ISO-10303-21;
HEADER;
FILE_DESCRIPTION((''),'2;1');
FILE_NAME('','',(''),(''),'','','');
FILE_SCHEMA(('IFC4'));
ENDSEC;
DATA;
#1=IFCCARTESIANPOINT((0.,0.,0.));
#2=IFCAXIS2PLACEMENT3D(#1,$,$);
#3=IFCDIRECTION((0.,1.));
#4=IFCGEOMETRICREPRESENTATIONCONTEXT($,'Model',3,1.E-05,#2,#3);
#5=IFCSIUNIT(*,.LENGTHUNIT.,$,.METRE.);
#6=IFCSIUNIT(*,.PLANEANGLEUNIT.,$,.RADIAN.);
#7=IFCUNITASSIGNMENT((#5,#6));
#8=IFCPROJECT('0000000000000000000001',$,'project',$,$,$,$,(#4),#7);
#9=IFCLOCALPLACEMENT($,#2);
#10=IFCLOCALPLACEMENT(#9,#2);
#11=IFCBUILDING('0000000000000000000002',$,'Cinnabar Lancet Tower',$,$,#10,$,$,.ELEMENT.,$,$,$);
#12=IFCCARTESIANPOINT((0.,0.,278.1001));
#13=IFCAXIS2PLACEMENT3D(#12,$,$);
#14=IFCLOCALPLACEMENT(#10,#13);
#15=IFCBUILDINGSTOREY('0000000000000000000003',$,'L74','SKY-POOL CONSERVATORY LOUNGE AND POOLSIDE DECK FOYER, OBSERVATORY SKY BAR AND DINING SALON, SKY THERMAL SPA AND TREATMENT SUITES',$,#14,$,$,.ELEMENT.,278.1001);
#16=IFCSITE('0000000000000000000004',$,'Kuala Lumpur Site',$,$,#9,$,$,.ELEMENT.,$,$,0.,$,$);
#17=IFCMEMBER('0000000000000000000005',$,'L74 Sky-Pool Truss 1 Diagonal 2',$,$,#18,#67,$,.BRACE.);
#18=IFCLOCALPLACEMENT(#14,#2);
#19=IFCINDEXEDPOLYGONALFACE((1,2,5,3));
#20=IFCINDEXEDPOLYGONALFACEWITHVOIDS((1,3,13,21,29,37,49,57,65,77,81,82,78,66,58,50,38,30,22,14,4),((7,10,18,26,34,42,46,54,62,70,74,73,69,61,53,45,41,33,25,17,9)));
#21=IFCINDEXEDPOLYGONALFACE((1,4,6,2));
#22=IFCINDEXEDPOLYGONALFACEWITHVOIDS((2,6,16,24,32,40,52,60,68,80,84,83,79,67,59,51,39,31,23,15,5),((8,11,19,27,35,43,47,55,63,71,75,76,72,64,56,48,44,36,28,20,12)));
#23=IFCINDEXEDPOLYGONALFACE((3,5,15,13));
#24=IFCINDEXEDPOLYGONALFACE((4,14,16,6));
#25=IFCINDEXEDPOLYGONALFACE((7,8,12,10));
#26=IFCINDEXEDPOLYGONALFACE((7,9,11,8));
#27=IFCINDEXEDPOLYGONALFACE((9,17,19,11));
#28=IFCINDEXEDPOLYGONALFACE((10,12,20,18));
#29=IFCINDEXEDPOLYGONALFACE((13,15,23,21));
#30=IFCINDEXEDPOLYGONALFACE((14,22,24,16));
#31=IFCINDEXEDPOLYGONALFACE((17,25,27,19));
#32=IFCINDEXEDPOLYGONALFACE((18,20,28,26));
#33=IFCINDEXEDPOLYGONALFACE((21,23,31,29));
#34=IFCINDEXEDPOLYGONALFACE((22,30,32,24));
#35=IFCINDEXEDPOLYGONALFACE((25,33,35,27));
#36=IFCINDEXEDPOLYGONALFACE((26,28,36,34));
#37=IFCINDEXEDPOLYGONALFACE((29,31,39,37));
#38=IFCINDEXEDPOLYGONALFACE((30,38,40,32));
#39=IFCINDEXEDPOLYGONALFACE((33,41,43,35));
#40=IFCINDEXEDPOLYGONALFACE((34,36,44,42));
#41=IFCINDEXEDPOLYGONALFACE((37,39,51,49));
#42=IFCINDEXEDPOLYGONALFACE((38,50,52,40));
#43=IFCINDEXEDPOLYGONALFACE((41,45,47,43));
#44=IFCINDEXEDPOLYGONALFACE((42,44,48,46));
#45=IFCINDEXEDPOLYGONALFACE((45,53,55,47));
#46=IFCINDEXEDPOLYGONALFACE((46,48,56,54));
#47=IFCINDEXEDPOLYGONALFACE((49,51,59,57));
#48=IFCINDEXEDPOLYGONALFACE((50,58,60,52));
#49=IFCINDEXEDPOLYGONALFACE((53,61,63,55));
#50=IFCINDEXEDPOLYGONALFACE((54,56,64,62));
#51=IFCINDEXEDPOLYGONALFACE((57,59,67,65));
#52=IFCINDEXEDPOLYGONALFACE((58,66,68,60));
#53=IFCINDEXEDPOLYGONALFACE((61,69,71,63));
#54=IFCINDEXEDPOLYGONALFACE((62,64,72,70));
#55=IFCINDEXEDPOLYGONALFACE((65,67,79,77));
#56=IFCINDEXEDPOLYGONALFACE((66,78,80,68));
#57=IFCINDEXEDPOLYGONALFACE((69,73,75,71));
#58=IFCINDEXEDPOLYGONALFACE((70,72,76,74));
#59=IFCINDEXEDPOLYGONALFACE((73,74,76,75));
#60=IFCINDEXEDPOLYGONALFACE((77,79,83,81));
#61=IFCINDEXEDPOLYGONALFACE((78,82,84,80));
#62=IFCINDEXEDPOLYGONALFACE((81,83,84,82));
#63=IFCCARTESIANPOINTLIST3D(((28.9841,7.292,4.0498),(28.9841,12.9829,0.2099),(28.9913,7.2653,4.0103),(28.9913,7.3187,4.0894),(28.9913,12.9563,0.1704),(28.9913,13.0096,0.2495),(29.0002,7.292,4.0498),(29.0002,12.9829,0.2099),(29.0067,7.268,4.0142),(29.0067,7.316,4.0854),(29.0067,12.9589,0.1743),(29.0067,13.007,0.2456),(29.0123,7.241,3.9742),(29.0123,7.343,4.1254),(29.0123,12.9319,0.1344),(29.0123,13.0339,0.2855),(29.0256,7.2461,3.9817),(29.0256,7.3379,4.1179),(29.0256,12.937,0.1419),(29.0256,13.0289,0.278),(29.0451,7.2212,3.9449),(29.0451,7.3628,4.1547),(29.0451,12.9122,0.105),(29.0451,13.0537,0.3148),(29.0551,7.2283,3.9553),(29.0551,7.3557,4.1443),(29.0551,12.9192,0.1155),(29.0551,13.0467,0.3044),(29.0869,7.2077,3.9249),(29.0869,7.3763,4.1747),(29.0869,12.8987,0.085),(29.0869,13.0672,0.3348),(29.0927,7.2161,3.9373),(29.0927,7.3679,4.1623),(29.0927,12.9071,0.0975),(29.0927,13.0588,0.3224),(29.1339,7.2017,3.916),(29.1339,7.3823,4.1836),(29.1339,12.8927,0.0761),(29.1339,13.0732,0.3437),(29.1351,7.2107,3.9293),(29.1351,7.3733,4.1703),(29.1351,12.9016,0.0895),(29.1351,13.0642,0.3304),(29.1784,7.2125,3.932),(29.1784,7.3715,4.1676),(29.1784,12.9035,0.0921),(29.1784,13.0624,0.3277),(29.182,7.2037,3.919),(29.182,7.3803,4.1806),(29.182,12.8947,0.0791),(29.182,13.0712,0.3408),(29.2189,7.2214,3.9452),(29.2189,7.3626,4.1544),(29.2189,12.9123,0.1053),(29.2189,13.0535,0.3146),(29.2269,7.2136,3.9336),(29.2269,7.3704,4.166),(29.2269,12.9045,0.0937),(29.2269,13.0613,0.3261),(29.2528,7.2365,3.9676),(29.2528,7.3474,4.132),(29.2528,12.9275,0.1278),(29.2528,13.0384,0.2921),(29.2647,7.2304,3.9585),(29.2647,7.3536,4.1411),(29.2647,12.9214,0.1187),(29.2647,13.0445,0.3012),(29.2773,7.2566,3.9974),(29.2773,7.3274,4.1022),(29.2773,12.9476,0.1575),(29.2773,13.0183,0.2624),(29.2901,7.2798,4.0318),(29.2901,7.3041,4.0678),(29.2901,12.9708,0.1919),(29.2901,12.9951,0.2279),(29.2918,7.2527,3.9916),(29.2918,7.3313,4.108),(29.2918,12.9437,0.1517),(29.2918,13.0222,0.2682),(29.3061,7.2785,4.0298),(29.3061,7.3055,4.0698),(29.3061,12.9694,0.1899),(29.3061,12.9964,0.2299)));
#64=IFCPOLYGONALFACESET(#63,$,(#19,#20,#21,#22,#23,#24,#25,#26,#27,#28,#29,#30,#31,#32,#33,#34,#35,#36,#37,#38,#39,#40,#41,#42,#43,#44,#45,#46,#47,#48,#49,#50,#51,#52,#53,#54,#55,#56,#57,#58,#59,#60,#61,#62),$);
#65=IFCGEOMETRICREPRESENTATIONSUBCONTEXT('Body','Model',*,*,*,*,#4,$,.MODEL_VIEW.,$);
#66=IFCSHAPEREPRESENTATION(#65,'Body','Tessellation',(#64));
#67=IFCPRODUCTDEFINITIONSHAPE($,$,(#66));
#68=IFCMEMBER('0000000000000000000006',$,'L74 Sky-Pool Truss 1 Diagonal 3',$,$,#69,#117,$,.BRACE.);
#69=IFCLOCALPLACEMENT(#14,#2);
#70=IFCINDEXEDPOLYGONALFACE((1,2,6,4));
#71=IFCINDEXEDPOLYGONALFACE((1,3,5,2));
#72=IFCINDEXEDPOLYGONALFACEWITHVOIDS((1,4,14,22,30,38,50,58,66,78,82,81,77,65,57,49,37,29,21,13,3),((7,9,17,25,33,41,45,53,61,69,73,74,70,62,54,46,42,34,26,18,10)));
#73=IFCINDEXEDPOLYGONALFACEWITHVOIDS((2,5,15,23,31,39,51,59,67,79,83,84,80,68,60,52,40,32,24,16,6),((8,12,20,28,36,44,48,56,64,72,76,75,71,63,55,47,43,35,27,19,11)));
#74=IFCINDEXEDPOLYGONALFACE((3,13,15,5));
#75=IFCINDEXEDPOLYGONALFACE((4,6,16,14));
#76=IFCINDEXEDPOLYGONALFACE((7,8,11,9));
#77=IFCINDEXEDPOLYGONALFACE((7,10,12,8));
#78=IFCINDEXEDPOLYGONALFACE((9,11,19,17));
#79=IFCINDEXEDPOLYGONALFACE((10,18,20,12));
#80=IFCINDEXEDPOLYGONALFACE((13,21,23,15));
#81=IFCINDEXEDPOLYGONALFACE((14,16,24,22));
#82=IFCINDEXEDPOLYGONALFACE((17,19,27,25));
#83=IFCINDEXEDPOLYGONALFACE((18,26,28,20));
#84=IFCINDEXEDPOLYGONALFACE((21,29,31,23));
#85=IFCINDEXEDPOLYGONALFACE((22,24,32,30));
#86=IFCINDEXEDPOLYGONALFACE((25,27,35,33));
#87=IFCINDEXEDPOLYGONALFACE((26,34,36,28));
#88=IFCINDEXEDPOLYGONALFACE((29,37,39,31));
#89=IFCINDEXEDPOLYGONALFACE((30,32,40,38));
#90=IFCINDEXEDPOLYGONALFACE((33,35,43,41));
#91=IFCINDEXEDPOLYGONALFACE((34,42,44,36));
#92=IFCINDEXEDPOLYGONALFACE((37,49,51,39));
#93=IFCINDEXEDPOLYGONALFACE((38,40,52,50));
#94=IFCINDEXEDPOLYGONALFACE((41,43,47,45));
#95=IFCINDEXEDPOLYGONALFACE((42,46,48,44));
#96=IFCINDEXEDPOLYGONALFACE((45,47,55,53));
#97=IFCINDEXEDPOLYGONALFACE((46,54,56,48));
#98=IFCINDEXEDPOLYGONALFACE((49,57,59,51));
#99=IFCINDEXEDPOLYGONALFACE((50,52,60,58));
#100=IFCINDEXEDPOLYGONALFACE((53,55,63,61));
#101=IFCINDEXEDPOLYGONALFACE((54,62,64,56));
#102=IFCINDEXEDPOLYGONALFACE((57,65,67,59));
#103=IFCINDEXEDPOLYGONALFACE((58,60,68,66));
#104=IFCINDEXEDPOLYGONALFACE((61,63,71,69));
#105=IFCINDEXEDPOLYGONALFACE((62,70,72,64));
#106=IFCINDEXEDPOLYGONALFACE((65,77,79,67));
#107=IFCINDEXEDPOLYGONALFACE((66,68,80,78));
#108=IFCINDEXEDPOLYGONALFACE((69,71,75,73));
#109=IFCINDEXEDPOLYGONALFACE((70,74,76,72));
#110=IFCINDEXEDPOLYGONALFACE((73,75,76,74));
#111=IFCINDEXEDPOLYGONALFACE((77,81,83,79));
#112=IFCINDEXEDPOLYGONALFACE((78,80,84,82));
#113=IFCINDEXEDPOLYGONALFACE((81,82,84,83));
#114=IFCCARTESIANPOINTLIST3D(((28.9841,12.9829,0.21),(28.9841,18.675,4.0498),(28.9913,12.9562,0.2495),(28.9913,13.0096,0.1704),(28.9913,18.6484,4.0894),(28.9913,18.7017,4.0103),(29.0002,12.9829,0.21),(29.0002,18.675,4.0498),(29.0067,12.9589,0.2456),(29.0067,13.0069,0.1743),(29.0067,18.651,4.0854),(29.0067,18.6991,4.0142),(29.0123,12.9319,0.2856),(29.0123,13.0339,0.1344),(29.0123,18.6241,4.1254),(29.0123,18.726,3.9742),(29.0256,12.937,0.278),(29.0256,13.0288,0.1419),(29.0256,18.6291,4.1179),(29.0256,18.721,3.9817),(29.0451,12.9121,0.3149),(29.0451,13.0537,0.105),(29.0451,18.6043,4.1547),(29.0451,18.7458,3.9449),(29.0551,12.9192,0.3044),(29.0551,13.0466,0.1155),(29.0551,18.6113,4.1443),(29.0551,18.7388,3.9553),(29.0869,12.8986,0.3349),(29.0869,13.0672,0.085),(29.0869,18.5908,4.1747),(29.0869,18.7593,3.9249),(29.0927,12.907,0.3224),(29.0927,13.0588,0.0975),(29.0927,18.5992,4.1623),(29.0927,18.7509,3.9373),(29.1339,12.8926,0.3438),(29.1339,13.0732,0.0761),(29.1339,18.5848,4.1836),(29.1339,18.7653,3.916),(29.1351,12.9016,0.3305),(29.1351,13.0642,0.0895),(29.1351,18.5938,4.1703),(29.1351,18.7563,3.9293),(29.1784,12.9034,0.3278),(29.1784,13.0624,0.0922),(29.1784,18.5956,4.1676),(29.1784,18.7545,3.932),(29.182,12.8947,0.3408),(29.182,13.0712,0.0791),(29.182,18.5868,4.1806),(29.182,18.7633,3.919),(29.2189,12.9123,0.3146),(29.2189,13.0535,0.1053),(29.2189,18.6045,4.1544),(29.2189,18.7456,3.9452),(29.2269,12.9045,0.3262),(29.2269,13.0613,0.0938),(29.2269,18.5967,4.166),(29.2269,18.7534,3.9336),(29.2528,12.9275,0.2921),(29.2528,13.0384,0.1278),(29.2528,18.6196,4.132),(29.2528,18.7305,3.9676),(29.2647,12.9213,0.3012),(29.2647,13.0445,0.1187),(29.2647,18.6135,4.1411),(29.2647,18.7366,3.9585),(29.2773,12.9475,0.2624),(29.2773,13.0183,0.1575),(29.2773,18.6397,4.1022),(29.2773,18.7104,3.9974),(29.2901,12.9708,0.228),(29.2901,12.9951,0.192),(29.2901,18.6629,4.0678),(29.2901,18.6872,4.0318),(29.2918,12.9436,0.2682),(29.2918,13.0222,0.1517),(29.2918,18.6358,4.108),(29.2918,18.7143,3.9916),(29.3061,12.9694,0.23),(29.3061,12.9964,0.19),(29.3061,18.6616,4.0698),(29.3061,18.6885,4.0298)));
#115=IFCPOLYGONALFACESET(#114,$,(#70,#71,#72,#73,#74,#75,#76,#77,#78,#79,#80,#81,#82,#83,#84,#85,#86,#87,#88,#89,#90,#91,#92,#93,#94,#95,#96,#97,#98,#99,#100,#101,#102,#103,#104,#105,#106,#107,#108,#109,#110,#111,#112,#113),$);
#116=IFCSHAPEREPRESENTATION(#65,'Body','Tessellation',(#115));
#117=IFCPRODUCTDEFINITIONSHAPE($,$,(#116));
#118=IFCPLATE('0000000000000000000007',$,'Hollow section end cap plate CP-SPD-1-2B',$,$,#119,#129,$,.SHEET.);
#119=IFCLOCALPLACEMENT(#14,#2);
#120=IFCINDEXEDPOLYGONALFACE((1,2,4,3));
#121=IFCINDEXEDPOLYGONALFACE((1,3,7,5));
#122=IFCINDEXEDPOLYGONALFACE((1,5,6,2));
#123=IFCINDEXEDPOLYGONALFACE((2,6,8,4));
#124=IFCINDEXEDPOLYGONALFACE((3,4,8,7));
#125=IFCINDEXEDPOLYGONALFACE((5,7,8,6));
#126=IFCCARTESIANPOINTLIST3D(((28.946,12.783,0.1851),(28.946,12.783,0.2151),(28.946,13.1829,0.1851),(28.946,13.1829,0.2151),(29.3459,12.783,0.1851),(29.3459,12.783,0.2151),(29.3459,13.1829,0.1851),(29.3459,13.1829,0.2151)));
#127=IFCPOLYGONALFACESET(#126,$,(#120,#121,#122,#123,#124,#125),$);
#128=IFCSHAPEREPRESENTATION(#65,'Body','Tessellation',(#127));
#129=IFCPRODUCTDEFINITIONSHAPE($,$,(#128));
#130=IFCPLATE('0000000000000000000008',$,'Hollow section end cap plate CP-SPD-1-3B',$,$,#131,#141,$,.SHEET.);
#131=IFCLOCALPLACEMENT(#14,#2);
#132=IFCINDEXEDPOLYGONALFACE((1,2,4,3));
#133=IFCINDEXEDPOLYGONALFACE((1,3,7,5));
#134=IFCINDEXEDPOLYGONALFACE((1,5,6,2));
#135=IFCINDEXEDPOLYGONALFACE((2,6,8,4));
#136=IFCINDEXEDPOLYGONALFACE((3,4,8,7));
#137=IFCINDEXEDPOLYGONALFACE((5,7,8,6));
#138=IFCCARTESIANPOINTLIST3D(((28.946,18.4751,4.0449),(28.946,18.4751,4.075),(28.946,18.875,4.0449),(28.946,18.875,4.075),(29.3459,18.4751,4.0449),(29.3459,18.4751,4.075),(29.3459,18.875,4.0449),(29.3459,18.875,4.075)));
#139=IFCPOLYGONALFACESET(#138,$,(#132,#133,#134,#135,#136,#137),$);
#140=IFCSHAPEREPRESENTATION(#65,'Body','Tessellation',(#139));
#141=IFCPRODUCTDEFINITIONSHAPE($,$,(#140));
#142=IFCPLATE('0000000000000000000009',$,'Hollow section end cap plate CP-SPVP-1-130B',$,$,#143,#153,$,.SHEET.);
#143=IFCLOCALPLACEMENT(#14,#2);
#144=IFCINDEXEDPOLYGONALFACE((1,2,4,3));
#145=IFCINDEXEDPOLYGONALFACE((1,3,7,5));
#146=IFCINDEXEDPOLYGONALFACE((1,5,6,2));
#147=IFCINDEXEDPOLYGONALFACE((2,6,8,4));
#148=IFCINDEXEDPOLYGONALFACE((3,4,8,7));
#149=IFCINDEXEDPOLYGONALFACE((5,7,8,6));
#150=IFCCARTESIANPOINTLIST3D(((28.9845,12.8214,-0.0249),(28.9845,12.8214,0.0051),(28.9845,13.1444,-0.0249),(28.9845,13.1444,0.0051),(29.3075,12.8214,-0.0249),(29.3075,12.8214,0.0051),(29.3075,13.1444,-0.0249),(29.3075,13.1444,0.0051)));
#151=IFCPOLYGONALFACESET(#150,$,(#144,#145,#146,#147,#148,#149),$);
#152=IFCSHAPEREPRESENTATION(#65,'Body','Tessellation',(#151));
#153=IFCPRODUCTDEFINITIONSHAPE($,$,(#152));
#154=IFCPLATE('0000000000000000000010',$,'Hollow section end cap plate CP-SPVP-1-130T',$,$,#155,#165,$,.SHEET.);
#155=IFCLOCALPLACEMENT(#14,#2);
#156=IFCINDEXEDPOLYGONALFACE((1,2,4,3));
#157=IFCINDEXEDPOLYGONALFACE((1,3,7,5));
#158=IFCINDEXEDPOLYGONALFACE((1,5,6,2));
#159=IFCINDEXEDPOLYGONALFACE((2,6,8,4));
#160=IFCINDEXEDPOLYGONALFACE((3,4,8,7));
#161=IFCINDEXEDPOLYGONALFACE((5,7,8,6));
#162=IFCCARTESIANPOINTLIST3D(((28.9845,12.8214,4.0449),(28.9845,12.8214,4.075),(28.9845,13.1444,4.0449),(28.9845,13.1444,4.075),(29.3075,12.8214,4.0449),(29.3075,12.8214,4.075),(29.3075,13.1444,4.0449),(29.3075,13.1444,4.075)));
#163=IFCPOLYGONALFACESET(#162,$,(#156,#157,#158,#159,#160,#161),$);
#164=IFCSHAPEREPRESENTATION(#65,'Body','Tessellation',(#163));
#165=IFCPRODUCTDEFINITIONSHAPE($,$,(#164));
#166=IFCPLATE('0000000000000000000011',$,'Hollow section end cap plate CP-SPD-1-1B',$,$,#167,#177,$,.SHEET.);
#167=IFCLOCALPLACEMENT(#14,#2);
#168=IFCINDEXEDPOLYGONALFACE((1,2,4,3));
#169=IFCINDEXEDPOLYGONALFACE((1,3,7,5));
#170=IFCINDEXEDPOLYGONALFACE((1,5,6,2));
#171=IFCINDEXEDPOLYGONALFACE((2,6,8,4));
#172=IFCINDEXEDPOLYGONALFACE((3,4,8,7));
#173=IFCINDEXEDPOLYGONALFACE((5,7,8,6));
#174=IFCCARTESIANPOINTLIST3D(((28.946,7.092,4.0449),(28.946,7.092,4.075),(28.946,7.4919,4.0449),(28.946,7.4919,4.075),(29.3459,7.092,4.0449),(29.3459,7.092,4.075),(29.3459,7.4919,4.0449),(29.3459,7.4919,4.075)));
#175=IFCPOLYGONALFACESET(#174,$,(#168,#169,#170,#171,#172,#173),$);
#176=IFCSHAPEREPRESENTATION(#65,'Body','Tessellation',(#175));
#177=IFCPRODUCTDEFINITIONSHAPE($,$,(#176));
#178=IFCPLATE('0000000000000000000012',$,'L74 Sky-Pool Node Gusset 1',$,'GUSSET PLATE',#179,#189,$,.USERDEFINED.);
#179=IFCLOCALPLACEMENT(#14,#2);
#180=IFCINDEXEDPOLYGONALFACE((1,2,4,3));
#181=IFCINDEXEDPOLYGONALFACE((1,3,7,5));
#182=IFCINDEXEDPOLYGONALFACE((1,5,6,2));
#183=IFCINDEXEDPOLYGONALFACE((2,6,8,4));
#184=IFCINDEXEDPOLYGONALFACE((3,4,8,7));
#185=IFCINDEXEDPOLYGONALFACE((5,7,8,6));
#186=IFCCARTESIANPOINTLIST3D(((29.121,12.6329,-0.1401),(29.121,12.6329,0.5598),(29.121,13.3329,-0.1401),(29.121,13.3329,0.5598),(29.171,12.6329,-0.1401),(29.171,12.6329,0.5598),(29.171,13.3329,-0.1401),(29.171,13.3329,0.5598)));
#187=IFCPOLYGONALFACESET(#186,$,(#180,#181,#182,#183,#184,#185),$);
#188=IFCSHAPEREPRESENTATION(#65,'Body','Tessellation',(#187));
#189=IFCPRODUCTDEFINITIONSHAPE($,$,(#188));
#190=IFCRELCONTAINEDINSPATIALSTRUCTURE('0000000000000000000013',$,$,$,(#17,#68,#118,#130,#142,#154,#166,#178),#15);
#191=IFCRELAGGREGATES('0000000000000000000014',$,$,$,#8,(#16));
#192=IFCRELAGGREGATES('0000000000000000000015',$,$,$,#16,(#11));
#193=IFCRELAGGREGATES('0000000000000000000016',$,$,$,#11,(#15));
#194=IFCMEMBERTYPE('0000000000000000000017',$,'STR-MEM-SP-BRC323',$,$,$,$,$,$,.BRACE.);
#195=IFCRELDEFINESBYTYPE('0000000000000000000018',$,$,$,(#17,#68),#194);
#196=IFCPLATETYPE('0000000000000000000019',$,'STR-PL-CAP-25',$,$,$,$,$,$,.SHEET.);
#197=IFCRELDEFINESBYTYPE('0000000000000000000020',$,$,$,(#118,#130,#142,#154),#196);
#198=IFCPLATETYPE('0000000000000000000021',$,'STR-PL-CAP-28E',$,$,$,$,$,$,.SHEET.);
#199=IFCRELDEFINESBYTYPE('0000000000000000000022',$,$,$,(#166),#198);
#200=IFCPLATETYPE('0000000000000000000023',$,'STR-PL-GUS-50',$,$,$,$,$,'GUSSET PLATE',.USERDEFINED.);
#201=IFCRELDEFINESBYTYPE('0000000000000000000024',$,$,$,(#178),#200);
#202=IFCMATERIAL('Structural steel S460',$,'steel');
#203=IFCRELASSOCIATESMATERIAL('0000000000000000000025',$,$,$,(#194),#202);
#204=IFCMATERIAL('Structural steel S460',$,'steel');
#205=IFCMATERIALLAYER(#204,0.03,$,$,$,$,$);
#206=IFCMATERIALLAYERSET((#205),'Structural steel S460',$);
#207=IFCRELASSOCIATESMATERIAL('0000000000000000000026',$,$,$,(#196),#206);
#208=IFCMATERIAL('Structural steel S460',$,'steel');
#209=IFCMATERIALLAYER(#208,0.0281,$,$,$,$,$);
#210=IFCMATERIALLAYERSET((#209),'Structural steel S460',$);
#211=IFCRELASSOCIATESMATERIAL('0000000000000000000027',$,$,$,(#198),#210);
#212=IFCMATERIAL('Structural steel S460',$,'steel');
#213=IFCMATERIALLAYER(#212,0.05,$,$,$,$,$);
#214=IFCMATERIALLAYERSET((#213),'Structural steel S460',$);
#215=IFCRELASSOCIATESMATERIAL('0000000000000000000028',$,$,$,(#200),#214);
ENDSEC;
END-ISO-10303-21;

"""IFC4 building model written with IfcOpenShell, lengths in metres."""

from ifc_helpers import new_model, si_unit, direction, frame, origin, origin_2d, place, context, subcontext, project, spatial, rectangle, hollow_circle, extrude, material, layer, layer_set, material_profile, profile_set, type_object, element, save


model = new_model("IFC4")

# Units and contexts
model_context = context("Model", 3, precision=1e-05, world=origin(), true_north=direction((0.0, 1.0)))
body_context = subcontext(model_context, "Body", "Model", "MODEL_VIEW")
ifc_project = project(units=[si_unit("LENGTHUNIT", "METRE"), si_unit("PLANEANGLEUNIT", "RADIAN")], contexts=[model_context])

# Site, building, storey
site_placement = place(None, origin())
site = spatial("IfcSite", under=ifc_project, at=site_placement, Name="Kuala Lumpur Site", CompositionType="ELEMENT", RefElevation=0.0)
building_placement = place(site_placement, origin())
building = spatial("IfcBuilding", under=site, at=building_placement, Name="Cinnabar Lancet Tower", CompositionType="ELEMENT")
storey_placement = place(building_placement, frame((0.0, 0.0, 278.1001)))
storey = spatial("IfcBuildingStorey", under=building, at=storey_placement, Name="L74", Description="SKY-POOL CONSERVATORY LOUNGE AND POOLSIDE DECK FOYER, OBSERVATORY SKY BAR AND DINING SALON, SKY THERMAL SPA AND TREATMENT SUITES", CompositionType="ELEMENT", Elevation=278.1001)

# Members
ifc_material_1 = material(Name="Structural steel S460", Category="steel")
ifc_material_profile_1 = material_profile(ifc_material_1, hollow_circle(Radius=0.1619, WallThickness=0.0161, at=origin_2d()), Name="CHS 323.9x16")
ifc_profile_set_1 = profile_set([ifc_material_profile_1], Name="Structural steel S460")
member_type_1 = type_object("IfcMemberType", Name="STR-MEM-SP-BRC323", PredefinedType="BRACE", material=ifc_profile_set_1)
member_1_placement = place(storey_placement, frame((29.146, 7.292, 4.0498), z_axis=(0.0, 0.828952, -0.55932), x_axis=(-1.0, 0.0, 0.0)))
element("IfcMember", 1, at=member_1_placement, inside=storey, type_object=member_type_1, Name="L74 Sky-Pool Truss 1 Diagonal 2", PredefinedType="BRACE", context=body_context, shape_type="SweptSolid", body=[
    extrude(hollow_circle(Radius=0.1619, WallThickness=0.0161, at=origin_2d()), origin(), (0.0, 0.0, 1.0), 6.8652),
])
member_2_placement = place(storey_placement, frame((29.146, 12.9829, 0.21), z_axis=(0.0, 0.829007, 0.559238), x_axis=(-1.0, 0.0, 0.0)))
element("IfcMember", 2, at=member_2_placement, inside=storey, type_object=member_type_1, Name="L74 Sky-Pool Truss 1 Diagonal 3", PredefinedType="BRACE", context=body_context, shape_type="SweptSolid", body=[
    extrude(hollow_circle(Radius=0.1619, WallThickness=0.0161, at=origin_2d()), origin(), (0.0, 0.0, 1.0), 6.8662),
])

# Plates
ifc_material_2 = material(Name="Structural steel S460", Category="steel")
ifc_layer_1 = layer(ifc_material_2, 0.03)
ifc_layer_set_1 = layer_set([ifc_layer_1], Name="Structural steel S460")
plate_type_1 = type_object("IfcPlateType", Name="STR-PL-CAP-25", PredefinedType="SHEET", material=ifc_layer_set_1)
for number, where, z_axis, x_axis, name in (
    (3, (29.146, 12.9829, 0.1851), (0.0, 0.0, 1.0), (0.0, 1.0, 0.0), "Hollow section end cap plate CP-SPD-1-2B"),
    (4, (29.146, 18.675, 4.0449), (0.0, 0.0, 1.0), (0.0, 1.0, 0.0), "Hollow section end cap plate CP-SPD-1-3B"),
):
    element("IfcPlate", number, at=place(storey_placement, frame(where, z_axis=z_axis, x_axis=x_axis)), inside=storey, type_object=plate_type_1, Name=name, PredefinedType="SHEET", context=body_context, shape_type="SweptSolid", body=[
        extrude(rectangle(XDim=0.3999, YDim=0.3999, at=origin_2d()), origin(), (0.0, 0.0, 1.0), 0.03),
    ])
for number, where, z_axis, x_axis, name in (
    (5, (29.146, 12.9829, -0.0249), (0.0, 0.0, 1.0), (1.0, 0.0, 0.0), "Hollow section end cap plate CP-SPVP-1-130B"),
    (6, (29.146, 12.9829, 4.0449), (0.0, 0.0, 1.0), (1.0, 0.0, 0.0), "Hollow section end cap plate CP-SPVP-1-130T"),
):
    element("IfcPlate", number, at=place(storey_placement, frame(where, z_axis=z_axis, x_axis=x_axis)), inside=storey, type_object=plate_type_1, Name=name, PredefinedType="SHEET", context=body_context, shape_type="SweptSolid", body=[
        extrude(rectangle(XDim=0.323, YDim=0.323, at=origin_2d()), origin(), (0.0, 0.0, 1.0), 0.03),
    ])
ifc_material_3 = material(Name="Structural steel S460", Category="steel")
ifc_layer_2 = layer(ifc_material_3, 0.0281)
ifc_layer_set_2 = layer_set([ifc_layer_2], Name="Structural steel S460")
plate_type_2 = type_object("IfcPlateType", Name="STR-PL-CAP-28E", PredefinedType="SHEET", material=ifc_layer_set_2)
plate_1_placement = place(storey_placement, frame((29.146, 7.292, 4.0449), z_axis=(0.0, 0.0, 1.0), x_axis=(0.0, 1.0, 0.0)))
element("IfcPlate", 7, at=plate_1_placement, inside=storey, type_object=plate_type_2, Name="Hollow section end cap plate CP-SPD-1-1B", PredefinedType="SHEET", context=body_context, shape_type="SweptSolid", body=[
    extrude(rectangle(XDim=0.3999, YDim=0.3999, at=origin_2d()), origin(), (0.0, 0.0, 1.0), 0.03),
])
ifc_material_4 = material(Name="Structural steel S460", Category="steel")
ifc_layer_3 = layer(ifc_material_4, 0.05)
ifc_layer_set_3 = layer_set([ifc_layer_3], Name="Structural steel S460")
plate_type_3 = type_object("IfcPlateType", Name="STR-PL-GUS-50", ElementType="GUSSET PLATE", PredefinedType="USERDEFINED", material=ifc_layer_set_3)
plate_2_placement = place(storey_placement, frame((29.146, 12.9829, -0.1401), z_axis=(0.0, 0.0, 1.0), x_axis=(1.0, 0.0, 0.0)))
element("IfcPlate", 8, at=plate_2_placement, inside=storey, type_object=plate_type_3, Name="L74 Sky-Pool Node Gusset 1", ObjectType="GUSSET PLATE", PredefinedType="USERDEFINED", context=body_context, shape_type="SweptSolid", body=[
    extrude(rectangle(XDim=0.05, YDim=0.7, at=origin_2d()), origin(), (0.0, 0.0, 1.0), 0.7),
])

save(model, "model.ifc")
